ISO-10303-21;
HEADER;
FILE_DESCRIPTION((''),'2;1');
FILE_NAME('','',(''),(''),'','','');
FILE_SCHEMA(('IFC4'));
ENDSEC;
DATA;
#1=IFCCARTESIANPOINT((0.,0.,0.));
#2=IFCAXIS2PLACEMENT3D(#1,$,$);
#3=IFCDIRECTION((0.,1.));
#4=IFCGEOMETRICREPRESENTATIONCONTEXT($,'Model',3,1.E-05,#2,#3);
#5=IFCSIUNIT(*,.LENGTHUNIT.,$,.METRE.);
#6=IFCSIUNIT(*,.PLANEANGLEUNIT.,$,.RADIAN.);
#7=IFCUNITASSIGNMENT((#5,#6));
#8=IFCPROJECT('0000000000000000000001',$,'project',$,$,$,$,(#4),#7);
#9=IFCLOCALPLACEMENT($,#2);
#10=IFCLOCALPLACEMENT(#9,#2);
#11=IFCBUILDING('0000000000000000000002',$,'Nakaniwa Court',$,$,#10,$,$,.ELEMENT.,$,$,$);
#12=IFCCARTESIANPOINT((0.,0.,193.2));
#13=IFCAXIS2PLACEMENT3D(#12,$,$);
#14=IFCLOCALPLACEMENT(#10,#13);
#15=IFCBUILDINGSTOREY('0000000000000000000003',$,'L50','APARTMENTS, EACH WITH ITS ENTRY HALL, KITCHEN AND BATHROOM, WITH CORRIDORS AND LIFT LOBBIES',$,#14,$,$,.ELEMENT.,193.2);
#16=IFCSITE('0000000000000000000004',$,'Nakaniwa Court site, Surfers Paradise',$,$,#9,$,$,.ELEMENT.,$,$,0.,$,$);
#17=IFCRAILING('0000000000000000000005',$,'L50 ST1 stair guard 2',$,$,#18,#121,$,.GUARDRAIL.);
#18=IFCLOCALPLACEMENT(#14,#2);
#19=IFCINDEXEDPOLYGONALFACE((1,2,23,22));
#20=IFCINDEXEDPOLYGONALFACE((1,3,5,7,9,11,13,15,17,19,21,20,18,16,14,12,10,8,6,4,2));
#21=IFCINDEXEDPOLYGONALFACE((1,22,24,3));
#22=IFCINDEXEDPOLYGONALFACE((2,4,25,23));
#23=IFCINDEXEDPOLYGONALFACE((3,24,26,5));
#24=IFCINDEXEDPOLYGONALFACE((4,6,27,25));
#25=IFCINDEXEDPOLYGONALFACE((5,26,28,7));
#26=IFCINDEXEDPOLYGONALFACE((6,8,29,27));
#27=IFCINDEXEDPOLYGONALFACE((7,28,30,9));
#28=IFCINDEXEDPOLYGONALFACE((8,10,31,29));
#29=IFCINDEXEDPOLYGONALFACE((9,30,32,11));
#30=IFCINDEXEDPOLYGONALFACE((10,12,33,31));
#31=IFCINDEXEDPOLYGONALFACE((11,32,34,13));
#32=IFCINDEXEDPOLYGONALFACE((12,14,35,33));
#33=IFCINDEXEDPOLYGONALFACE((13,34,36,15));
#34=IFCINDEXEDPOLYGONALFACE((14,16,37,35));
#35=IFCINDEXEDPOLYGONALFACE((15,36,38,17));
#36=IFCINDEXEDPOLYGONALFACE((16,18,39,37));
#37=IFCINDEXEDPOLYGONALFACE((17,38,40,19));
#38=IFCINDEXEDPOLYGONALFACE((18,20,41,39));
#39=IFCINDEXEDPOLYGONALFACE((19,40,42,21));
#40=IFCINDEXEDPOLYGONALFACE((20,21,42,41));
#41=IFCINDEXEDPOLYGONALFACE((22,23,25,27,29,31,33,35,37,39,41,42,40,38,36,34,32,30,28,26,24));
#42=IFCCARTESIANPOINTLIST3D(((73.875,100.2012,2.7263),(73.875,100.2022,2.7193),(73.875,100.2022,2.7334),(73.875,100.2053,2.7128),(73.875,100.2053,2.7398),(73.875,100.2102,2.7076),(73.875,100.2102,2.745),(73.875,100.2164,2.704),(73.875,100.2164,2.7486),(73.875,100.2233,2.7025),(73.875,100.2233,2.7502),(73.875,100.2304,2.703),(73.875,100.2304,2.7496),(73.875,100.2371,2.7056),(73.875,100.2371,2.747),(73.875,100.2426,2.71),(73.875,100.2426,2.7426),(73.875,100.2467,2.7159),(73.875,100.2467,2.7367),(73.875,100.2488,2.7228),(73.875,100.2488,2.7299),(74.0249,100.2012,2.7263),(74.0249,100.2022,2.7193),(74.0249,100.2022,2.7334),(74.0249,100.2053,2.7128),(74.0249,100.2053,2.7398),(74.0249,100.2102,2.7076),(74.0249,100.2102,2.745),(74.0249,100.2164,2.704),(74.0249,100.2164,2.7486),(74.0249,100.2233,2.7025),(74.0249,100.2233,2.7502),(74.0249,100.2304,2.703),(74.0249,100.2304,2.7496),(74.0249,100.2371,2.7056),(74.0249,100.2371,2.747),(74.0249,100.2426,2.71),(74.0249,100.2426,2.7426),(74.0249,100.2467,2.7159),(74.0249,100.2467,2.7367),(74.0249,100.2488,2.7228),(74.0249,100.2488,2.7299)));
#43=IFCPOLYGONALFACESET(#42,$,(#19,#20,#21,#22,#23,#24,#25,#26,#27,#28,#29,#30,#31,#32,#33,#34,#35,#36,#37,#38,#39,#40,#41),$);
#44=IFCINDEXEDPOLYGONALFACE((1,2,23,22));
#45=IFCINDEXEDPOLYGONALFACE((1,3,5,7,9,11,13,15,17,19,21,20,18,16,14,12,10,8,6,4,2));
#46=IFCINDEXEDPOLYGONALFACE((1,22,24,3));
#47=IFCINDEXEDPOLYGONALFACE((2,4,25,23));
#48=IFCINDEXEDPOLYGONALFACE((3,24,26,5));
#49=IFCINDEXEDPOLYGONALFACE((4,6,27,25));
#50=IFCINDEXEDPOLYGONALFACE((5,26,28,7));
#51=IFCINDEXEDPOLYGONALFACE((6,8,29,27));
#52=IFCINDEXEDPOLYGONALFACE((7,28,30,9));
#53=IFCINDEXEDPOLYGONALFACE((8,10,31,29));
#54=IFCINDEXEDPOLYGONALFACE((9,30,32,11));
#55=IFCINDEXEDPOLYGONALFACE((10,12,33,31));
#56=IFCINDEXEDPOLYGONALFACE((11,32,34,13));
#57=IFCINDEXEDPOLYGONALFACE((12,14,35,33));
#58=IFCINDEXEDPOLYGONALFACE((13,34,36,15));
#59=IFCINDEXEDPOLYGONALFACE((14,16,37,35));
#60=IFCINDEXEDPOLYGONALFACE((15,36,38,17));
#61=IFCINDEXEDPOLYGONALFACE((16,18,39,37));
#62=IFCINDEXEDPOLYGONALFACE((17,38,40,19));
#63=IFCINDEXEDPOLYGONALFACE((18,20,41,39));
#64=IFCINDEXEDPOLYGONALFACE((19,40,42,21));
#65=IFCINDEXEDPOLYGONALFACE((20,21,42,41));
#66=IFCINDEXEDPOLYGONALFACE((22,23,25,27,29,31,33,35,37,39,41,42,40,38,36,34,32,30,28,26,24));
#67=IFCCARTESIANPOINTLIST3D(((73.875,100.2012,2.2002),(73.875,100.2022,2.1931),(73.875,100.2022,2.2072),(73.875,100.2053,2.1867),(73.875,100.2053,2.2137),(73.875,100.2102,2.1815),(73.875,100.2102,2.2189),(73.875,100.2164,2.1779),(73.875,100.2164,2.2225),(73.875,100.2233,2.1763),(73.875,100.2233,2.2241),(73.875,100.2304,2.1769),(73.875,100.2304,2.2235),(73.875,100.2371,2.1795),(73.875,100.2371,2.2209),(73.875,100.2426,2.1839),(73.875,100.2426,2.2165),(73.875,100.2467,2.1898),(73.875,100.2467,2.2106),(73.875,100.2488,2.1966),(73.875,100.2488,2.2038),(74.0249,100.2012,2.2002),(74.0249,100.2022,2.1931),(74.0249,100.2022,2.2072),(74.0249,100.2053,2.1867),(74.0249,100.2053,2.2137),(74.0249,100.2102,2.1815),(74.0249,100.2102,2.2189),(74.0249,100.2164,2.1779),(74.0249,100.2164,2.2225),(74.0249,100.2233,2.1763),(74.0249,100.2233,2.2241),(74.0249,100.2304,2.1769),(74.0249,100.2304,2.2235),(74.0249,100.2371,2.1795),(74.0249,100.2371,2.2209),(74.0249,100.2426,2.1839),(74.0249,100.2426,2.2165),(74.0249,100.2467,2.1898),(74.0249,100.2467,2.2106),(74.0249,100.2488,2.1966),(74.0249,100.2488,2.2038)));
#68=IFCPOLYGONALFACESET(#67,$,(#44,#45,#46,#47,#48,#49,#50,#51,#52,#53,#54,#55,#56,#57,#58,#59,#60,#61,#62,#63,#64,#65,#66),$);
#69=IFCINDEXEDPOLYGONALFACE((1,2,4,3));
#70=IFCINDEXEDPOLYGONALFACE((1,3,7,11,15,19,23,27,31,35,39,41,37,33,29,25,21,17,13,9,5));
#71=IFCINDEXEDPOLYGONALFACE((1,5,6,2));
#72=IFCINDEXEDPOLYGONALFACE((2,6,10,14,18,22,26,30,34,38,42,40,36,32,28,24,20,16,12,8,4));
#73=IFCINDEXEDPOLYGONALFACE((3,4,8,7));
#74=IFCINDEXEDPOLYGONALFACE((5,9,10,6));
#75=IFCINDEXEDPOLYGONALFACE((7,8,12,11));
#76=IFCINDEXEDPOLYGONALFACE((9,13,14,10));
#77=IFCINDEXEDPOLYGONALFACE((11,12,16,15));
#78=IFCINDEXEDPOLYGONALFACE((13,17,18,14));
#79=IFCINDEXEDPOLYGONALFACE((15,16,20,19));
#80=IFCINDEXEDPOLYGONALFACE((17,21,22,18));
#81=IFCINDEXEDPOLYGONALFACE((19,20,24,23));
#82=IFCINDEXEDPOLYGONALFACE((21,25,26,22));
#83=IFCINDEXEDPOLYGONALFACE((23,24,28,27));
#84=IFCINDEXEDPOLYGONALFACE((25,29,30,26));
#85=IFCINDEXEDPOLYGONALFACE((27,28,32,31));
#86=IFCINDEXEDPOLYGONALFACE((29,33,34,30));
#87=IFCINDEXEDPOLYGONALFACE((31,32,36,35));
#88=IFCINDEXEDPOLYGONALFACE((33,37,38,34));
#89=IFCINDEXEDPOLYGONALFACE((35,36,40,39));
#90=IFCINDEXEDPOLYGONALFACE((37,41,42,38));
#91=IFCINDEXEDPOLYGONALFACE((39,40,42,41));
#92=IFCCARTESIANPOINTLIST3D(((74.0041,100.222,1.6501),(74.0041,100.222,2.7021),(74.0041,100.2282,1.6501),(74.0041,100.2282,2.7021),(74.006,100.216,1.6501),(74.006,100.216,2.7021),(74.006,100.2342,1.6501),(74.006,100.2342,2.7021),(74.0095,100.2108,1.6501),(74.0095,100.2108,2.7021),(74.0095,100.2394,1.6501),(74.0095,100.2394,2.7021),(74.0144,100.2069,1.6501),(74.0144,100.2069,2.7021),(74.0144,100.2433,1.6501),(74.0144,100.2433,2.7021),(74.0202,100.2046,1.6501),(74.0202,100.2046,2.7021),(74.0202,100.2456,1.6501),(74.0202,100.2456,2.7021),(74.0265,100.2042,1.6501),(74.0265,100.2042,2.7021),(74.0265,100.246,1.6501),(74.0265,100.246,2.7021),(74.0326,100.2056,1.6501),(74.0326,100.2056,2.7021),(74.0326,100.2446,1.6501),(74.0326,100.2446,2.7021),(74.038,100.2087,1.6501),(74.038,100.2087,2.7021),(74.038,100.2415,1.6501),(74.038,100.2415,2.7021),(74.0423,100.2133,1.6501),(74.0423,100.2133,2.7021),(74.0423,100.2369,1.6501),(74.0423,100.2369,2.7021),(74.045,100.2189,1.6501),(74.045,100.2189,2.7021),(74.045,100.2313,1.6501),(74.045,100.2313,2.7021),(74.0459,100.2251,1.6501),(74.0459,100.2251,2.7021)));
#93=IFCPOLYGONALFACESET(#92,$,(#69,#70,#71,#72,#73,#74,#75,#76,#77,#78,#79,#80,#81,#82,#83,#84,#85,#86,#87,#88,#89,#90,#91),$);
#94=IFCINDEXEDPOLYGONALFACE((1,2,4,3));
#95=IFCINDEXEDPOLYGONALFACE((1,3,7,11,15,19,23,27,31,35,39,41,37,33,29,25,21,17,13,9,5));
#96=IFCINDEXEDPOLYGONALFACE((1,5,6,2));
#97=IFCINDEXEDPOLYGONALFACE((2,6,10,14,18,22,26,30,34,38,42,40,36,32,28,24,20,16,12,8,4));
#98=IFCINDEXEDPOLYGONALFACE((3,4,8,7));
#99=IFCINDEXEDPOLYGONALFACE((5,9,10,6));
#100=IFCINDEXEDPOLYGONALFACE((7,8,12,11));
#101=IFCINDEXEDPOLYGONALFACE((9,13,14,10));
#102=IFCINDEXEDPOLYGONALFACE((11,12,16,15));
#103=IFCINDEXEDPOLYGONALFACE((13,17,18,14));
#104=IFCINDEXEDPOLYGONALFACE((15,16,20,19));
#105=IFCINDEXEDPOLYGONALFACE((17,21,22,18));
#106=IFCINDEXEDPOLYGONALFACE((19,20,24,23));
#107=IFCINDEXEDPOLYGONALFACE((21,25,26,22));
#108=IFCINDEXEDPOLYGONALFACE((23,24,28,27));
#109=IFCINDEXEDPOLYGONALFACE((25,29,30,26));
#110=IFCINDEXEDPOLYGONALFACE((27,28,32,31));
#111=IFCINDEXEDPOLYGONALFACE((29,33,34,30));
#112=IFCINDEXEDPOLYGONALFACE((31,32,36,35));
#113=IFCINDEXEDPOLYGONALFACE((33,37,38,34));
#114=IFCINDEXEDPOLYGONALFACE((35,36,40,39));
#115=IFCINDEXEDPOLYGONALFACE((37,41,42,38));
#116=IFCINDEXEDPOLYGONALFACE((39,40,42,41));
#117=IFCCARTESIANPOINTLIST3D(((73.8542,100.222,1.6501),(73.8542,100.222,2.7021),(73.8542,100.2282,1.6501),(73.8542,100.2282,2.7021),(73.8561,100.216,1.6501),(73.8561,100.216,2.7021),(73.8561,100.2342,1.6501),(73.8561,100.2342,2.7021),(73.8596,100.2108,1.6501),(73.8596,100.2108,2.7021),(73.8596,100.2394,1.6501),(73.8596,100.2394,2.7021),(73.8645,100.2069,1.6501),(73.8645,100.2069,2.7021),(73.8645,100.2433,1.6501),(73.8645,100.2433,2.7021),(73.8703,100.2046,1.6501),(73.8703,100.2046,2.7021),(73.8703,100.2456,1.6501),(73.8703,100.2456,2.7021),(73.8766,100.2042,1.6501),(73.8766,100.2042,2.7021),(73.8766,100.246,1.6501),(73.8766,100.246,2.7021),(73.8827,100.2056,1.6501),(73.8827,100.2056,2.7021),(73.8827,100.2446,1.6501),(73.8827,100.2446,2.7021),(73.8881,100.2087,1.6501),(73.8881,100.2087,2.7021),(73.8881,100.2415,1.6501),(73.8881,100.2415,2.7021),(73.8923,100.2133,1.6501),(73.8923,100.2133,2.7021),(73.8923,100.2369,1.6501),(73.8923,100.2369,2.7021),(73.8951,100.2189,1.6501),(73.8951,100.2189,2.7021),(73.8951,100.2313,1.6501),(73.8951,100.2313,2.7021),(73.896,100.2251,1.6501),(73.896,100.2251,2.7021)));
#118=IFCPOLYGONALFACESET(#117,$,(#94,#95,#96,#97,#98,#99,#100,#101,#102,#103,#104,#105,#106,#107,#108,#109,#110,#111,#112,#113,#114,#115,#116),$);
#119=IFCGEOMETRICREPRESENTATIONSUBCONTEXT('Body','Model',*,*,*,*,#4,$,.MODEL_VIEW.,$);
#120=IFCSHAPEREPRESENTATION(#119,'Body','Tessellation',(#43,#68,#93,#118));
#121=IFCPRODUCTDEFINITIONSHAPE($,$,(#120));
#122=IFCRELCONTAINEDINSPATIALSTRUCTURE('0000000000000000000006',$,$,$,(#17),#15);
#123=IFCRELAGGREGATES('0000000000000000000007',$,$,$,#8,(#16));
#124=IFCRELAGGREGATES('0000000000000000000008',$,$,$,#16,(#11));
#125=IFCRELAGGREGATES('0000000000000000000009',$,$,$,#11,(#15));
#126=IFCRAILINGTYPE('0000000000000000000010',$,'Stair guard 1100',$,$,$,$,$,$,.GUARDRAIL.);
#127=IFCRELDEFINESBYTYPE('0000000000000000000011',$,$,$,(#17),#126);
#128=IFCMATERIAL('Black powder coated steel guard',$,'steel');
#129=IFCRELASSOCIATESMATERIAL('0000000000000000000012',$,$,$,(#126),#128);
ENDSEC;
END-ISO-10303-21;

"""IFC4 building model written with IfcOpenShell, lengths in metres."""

from ifc_helpers import new_model, si_unit, direction, frame, origin, origin_2d, place, context, subcontext, project, spatial, circle, extrude, material, type_object, element, save


model = new_model("IFC4")

# Units and contexts
model_context = context("Model", 3, precision=1e-05, world=origin(), true_north=direction((0.0, 1.0)))
body_context = subcontext(model_context, "Body", "Model", "MODEL_VIEW")
ifc_project = project(units=[si_unit("LENGTHUNIT", "METRE"), si_unit("PLANEANGLEUNIT", "RADIAN")], contexts=[model_context])

# Site, building, storey
site_placement = place(None, origin())
site = spatial("IfcSite", under=ifc_project, at=site_placement, Name="Nakaniwa Court site, Surfers Paradise", CompositionType="ELEMENT", RefElevation=0.0)
building_placement = place(site_placement, origin())
building = spatial("IfcBuilding", under=site, at=building_placement, Name="Nakaniwa Court", CompositionType="ELEMENT")
storey_placement = place(building_placement, frame((0.0, 0.0, 193.2)))
storey = spatial("IfcBuildingStorey", under=building, at=storey_placement, Name="L50", Description="APARTMENTS, EACH WITH ITS ENTRY HALL, KITCHEN AND BATHROOM, WITH CORRIDORS AND LIFT LOBBIES", CompositionType="ELEMENT", Elevation=193.2)

# Railing
ifc_material_1 = material(Name="Black powder coated steel guard", Category="steel")
railing_type_1 = type_object("IfcRailingType", Name="Stair guard 1100", PredefinedType="GUARDRAIL", material=ifc_material_1)
railing_1_placement = place(storey_placement, frame((74.0249, 100.2251, 1.6501)))
element("IfcRailing", 1, at=railing_1_placement, inside=storey, type_object=railing_type_1, Name="L50 ST1 stair guard 2", PredefinedType="GUARDRAIL", context=body_context, shape_type="SweptSolid", body=[
    extrude(circle(Radius=0.0239, at=origin_2d()), frame((0.0, 0.0, 1.0762), z_axis=(-1.0, 0.0, 0.0), x_axis=(0.0, -1.0, 0.0)), (0.0, 0.0, 1.0), 0.1499),
    extrude(circle(Radius=0.0239, at=origin_2d()), frame((0.0, 0.0, 0.55), z_axis=(-1.0, 0.0, 0.0), x_axis=(0.0, -1.0, 0.0)), (0.0, 0.0, 1.0), 0.1499),
    extrude(circle(Radius=0.021, at=origin_2d()), origin(), (0.0, 0.0, 1.0), 1.052),
    extrude(circle(Radius=0.021, at=origin_2d()), frame((-0.1499, 0.0, 0.0)), (0.0, 0.0, 1.0), 1.052),
])

save(model, "model.ifc")
